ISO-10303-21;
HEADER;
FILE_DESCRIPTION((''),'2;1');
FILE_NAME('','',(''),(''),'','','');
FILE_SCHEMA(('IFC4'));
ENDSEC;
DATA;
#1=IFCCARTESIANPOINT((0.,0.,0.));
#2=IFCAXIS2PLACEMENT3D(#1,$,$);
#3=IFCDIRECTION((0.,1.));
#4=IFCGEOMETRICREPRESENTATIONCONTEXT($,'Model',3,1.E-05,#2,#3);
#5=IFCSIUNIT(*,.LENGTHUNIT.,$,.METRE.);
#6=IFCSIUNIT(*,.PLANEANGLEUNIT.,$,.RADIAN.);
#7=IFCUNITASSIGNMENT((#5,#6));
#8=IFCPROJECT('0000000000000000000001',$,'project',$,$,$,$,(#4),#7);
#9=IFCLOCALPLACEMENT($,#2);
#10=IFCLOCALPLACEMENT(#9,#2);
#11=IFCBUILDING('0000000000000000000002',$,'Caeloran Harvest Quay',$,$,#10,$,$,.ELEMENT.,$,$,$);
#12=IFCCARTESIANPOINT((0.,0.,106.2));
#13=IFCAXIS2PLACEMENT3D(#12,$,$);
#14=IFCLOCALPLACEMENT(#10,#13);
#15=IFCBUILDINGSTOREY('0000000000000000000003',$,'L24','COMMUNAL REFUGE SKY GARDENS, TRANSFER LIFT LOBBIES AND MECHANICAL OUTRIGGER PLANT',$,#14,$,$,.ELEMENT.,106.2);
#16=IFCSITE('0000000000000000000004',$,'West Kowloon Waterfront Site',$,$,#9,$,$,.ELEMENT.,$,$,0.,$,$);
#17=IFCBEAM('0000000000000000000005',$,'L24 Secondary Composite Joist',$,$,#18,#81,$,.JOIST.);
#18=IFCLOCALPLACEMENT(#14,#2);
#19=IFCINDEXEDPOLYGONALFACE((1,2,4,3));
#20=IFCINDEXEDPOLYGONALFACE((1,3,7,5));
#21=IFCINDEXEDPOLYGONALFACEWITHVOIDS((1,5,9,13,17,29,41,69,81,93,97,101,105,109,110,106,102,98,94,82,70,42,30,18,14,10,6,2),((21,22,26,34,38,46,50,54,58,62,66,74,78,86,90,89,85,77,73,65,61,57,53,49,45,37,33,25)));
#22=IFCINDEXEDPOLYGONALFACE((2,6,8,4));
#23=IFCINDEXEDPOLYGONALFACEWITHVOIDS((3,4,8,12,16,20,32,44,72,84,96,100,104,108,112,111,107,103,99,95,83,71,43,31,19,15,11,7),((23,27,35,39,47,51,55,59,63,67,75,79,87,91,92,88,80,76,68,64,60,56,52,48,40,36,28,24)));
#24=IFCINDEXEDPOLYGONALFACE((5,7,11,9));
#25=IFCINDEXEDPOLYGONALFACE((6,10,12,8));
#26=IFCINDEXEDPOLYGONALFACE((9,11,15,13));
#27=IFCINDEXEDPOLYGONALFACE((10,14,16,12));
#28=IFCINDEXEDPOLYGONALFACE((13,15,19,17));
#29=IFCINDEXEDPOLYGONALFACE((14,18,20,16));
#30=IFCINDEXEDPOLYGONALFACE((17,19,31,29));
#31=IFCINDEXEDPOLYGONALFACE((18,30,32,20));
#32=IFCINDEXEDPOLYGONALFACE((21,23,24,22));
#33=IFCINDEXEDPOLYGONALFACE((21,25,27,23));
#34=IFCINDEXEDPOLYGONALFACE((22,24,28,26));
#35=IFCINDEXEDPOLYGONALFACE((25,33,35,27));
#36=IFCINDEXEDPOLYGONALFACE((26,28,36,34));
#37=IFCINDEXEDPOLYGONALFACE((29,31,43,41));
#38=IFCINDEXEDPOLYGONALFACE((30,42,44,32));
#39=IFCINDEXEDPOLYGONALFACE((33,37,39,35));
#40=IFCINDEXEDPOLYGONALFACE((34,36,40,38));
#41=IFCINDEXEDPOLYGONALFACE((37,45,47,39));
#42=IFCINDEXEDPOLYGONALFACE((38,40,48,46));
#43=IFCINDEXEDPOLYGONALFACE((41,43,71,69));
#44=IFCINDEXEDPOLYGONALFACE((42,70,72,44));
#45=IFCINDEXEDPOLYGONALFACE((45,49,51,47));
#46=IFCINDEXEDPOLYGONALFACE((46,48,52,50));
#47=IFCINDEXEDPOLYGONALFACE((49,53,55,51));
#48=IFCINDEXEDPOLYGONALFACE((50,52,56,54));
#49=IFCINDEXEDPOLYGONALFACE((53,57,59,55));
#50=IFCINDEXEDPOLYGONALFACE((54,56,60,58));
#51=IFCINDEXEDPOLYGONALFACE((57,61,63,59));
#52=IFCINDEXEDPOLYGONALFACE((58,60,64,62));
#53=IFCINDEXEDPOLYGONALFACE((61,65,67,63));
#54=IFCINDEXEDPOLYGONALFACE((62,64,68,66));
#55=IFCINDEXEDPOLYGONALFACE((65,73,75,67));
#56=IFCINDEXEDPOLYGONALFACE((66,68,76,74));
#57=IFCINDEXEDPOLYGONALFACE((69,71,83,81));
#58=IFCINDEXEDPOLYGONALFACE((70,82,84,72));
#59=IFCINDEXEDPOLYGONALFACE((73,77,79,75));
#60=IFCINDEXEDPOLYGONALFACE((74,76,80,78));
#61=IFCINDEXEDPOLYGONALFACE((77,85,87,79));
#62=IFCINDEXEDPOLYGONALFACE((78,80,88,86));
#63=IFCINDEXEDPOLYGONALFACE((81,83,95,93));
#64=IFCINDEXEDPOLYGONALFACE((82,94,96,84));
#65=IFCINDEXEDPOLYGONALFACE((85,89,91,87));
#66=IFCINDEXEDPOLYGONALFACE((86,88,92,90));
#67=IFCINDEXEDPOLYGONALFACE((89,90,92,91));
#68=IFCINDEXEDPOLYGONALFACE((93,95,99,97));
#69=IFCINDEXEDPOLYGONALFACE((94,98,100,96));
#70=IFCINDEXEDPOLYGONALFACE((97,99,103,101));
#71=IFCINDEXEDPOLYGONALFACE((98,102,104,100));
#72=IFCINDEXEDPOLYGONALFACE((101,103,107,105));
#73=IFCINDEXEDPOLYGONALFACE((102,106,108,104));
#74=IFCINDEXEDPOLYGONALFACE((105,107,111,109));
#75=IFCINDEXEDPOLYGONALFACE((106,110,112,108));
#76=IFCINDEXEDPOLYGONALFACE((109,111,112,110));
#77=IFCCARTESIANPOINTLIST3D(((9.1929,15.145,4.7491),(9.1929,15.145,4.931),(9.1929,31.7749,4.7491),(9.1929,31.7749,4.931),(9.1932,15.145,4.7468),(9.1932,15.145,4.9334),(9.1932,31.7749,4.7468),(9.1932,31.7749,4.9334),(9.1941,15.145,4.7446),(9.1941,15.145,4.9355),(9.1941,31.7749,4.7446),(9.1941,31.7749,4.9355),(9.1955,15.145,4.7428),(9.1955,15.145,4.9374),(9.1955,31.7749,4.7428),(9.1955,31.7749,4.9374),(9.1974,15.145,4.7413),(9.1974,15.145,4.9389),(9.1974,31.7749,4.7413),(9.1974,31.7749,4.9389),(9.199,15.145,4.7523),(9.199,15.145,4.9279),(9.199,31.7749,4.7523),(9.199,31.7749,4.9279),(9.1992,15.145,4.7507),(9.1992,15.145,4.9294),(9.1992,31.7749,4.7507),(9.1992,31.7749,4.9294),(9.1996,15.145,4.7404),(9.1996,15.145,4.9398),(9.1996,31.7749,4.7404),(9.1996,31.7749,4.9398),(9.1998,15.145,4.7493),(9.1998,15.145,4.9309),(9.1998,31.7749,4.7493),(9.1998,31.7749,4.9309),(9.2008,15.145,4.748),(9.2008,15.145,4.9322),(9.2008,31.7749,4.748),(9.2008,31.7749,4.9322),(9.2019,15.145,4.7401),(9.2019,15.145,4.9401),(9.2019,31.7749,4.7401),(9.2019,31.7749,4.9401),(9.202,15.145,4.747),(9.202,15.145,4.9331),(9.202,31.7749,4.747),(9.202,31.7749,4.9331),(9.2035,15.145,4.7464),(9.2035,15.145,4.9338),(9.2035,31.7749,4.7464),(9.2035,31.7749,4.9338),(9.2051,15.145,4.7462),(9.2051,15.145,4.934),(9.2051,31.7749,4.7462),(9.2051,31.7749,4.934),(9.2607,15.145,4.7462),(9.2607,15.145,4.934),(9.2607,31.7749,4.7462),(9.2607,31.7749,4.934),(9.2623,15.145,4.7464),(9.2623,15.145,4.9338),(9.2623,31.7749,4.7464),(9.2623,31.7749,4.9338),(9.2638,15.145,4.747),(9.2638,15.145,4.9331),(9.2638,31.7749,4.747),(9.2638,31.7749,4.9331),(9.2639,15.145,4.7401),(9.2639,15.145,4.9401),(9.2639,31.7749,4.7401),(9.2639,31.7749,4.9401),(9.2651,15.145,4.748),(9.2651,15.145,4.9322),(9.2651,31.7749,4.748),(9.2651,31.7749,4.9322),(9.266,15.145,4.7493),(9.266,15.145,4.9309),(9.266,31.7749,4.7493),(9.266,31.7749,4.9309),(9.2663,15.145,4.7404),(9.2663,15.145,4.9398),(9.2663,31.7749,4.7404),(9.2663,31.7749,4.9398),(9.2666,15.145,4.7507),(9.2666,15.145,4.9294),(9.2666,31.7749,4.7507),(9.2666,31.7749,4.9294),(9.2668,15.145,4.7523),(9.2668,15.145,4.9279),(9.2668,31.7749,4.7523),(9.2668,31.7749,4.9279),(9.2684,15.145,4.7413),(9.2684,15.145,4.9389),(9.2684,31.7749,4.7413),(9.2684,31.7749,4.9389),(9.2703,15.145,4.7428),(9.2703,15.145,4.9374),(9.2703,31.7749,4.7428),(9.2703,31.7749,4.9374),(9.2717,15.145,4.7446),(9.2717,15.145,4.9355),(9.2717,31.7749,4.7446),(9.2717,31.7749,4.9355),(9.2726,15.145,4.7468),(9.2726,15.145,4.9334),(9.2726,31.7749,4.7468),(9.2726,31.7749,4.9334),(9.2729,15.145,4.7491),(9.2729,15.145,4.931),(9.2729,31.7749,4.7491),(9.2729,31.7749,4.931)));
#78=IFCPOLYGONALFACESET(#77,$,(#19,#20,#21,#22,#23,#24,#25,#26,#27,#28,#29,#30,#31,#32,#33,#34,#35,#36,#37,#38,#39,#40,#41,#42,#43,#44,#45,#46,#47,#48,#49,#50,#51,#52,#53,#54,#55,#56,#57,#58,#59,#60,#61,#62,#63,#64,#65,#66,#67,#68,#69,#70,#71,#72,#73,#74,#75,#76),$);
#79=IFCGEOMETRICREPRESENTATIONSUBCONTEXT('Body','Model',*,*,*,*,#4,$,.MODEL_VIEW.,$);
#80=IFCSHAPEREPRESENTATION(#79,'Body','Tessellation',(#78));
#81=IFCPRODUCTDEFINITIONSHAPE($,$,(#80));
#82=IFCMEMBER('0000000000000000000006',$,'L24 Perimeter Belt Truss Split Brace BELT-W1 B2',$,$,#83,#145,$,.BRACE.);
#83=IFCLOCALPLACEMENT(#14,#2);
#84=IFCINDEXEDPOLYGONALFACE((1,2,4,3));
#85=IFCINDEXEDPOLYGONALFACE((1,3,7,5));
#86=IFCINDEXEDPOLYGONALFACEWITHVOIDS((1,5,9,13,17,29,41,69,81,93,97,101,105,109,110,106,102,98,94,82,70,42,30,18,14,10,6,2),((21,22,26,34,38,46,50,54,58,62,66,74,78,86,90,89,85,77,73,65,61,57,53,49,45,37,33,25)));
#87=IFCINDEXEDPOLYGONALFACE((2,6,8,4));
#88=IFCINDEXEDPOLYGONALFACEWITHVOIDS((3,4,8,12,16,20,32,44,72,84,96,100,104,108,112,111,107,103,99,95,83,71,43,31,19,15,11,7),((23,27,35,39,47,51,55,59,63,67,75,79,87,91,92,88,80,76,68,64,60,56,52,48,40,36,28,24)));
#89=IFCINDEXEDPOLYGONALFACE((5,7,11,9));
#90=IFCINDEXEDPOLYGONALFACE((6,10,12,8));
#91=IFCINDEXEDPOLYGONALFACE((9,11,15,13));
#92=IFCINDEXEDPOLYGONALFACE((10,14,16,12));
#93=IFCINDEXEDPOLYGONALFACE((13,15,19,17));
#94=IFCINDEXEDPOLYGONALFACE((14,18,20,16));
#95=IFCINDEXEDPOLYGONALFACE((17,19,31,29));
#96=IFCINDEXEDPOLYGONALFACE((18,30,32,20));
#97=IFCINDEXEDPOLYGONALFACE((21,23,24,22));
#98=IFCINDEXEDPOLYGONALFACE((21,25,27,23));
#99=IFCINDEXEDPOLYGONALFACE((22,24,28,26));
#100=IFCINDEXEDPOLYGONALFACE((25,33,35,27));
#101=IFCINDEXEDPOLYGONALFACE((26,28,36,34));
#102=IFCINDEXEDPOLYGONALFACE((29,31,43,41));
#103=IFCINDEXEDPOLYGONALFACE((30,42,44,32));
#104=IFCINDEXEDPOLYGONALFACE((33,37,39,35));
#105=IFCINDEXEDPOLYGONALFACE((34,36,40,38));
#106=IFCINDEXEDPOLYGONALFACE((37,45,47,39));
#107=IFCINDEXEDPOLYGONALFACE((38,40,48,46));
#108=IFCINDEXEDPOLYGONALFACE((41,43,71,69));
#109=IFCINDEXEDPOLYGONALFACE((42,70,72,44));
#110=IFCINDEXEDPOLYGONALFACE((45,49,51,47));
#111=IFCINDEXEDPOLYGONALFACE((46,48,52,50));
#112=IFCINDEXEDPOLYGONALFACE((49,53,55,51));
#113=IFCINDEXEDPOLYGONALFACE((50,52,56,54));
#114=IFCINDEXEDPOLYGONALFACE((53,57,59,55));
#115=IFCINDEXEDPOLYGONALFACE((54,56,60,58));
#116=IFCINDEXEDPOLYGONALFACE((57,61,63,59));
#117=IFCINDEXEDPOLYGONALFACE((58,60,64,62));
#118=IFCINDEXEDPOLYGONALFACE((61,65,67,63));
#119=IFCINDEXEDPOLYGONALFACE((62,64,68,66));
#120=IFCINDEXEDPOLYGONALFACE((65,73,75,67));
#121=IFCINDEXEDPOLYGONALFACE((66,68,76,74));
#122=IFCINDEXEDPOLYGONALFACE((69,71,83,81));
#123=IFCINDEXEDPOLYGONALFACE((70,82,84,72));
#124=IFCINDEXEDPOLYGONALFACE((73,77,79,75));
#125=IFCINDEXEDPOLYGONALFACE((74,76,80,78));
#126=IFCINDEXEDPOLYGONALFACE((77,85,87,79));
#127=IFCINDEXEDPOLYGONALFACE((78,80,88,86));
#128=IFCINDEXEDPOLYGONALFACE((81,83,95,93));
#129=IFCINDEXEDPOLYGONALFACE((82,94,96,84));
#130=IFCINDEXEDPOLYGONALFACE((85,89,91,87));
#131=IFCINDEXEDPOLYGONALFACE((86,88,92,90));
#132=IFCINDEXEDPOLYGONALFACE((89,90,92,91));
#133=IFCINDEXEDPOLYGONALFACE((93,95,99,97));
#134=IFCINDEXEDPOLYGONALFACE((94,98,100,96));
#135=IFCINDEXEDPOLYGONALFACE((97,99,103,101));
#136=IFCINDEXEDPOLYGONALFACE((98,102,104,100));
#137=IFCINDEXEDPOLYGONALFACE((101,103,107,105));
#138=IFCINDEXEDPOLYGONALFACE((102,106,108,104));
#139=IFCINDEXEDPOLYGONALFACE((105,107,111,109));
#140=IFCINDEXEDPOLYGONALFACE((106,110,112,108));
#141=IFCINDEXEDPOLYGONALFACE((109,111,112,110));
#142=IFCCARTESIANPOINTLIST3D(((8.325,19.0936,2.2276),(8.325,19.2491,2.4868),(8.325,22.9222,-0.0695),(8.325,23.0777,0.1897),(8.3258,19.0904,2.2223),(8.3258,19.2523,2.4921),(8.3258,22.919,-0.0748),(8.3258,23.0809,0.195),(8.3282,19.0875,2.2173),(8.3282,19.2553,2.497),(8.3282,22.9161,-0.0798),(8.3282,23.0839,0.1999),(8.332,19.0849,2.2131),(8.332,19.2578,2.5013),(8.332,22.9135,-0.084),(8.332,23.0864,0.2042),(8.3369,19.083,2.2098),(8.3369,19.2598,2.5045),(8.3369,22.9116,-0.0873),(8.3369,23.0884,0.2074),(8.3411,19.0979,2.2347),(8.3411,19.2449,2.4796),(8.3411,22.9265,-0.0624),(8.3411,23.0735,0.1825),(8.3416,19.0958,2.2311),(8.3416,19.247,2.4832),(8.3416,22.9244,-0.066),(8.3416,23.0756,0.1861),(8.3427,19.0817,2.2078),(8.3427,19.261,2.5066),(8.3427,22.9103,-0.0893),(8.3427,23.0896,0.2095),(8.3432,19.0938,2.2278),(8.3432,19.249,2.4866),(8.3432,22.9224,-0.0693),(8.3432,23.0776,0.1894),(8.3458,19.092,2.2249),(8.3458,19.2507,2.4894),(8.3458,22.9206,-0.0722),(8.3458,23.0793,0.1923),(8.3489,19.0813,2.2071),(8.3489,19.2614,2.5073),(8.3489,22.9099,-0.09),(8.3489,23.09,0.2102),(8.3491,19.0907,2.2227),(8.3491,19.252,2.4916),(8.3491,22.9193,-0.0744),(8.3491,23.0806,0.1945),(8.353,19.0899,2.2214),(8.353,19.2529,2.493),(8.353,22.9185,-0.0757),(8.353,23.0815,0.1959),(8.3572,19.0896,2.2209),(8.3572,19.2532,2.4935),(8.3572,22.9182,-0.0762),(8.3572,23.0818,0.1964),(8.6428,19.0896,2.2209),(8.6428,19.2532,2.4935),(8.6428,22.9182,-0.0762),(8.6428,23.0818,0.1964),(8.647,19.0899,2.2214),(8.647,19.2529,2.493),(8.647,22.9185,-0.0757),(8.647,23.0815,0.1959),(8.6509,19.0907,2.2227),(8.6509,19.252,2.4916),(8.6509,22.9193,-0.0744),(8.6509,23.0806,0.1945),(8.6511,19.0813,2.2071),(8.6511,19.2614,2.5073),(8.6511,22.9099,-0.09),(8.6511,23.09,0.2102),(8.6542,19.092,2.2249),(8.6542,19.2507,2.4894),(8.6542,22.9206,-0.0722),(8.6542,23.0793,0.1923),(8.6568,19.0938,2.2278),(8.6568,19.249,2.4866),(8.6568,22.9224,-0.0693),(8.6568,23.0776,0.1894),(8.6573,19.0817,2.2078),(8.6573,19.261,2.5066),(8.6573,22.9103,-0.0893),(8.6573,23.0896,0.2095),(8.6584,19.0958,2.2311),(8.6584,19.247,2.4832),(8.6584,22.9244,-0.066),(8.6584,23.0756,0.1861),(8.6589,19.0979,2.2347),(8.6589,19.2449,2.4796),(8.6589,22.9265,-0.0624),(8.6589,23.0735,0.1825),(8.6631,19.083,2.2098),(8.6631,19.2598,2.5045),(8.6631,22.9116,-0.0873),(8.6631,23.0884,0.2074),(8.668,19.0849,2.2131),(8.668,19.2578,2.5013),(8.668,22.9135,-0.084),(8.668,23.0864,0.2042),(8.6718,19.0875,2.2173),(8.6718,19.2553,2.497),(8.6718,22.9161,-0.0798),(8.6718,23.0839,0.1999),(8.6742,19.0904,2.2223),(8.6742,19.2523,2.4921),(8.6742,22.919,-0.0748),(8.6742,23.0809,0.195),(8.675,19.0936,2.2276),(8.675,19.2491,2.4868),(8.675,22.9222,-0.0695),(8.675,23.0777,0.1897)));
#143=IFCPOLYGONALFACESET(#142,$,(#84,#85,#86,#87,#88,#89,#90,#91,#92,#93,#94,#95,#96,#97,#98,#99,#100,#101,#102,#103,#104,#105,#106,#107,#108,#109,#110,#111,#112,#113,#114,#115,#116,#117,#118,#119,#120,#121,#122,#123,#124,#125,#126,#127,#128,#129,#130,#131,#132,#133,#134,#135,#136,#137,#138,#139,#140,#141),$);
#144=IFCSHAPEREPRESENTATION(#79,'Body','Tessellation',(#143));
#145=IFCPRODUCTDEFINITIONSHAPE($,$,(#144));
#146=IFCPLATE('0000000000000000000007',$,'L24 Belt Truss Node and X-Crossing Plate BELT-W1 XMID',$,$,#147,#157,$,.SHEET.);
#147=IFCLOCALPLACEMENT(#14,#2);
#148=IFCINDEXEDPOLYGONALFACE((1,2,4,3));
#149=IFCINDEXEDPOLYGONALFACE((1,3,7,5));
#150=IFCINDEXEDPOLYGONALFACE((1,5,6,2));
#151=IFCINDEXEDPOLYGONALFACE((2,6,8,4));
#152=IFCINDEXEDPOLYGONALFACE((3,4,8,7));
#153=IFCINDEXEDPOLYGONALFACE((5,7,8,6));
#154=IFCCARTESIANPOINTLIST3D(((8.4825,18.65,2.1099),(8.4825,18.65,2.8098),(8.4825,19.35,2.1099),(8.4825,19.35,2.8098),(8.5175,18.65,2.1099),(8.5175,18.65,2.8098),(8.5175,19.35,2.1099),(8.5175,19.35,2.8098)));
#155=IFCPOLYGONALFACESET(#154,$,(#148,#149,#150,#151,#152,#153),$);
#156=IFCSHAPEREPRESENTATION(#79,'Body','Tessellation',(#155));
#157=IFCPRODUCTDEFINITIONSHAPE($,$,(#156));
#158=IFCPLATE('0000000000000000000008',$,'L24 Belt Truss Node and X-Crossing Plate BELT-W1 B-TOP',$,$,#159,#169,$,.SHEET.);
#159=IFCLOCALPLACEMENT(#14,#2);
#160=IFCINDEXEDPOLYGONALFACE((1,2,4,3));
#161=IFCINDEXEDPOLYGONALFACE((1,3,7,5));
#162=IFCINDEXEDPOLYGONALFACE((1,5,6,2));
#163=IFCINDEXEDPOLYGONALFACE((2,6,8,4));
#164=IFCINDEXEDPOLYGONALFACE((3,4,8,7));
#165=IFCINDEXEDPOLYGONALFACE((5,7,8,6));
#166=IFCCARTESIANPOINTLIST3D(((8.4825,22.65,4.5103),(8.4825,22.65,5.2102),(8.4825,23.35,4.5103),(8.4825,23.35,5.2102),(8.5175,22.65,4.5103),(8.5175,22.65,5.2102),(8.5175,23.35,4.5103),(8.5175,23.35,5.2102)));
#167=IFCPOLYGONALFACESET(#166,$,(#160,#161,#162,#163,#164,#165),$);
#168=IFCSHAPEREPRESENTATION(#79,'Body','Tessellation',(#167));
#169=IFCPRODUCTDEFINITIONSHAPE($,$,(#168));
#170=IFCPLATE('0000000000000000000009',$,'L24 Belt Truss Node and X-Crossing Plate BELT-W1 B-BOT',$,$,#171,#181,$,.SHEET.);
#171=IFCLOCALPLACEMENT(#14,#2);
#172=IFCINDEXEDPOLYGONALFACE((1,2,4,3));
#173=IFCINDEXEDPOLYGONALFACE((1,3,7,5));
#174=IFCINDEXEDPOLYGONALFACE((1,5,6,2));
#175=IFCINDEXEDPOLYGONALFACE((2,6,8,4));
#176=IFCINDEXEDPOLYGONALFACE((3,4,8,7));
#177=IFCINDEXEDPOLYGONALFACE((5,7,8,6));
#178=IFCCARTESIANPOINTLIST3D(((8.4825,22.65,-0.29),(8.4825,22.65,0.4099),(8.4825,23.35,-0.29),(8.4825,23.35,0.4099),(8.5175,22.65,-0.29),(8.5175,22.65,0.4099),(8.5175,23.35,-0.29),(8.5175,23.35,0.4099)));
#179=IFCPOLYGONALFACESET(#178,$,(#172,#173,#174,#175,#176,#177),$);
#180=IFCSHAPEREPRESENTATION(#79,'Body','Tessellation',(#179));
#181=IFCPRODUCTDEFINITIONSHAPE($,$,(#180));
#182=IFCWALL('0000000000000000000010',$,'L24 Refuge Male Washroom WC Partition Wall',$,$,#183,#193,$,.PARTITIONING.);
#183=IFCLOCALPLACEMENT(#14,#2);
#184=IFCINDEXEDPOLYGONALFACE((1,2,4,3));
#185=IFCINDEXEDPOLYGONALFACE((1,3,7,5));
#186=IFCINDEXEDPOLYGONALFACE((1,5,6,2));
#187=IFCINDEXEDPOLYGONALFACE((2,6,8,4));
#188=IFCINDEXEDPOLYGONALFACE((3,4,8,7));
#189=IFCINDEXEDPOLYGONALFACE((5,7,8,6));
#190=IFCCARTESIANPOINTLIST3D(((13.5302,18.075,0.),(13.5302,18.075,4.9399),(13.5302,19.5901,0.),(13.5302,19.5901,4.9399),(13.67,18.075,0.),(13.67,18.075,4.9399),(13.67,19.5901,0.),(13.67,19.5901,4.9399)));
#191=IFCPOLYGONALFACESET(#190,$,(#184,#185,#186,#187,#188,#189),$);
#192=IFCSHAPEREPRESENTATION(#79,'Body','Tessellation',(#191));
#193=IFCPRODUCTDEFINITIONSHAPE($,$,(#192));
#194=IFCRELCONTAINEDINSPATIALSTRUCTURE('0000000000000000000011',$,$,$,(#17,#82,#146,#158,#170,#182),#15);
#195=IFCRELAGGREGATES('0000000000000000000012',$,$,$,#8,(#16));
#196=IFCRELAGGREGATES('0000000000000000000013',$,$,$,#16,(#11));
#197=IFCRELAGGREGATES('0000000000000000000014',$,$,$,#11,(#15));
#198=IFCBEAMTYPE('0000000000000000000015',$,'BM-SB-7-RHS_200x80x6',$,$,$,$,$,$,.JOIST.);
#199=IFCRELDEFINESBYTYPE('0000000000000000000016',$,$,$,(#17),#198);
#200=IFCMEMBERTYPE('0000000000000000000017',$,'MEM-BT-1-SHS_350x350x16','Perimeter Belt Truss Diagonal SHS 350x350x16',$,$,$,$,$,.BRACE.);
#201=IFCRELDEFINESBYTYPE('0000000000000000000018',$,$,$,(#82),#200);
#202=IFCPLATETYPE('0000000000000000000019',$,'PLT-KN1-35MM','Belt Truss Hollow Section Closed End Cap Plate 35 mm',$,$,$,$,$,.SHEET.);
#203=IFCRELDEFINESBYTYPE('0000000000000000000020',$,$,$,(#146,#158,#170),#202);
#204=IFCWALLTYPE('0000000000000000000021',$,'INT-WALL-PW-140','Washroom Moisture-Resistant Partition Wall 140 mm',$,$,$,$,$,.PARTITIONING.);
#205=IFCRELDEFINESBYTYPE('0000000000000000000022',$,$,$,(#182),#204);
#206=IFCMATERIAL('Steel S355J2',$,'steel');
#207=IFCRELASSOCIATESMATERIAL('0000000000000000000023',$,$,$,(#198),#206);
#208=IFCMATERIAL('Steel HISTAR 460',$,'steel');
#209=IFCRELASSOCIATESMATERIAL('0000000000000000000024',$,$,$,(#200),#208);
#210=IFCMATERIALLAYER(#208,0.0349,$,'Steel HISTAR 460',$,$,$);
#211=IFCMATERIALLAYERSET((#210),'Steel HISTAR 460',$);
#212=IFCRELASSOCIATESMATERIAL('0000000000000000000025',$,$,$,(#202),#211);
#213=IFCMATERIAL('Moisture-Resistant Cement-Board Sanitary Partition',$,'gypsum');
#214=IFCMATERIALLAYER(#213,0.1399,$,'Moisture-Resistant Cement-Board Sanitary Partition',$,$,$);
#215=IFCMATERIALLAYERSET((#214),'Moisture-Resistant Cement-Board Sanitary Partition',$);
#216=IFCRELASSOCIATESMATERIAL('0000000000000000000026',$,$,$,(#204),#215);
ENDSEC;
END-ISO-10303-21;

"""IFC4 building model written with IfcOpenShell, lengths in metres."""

from ifc_helpers import new_model, si_unit, direction, frame, frame_2d, origin, origin_2d, place, context, subcontext, project, spatial, rectangle, hollow_rectangle, extrude, material, layer, layer_set, material_profile, profile_set, type_object, element, save


model = new_model("IFC4")

# Units and contexts
model_context = context("Model", 3, precision=1e-05, world=origin(), true_north=direction((0.0, 1.0)))
body_context = subcontext(model_context, "Body", "Model", "MODEL_VIEW")
ifc_project = project(units=[si_unit("LENGTHUNIT", "METRE"), si_unit("PLANEANGLEUNIT", "RADIAN")], contexts=[model_context])

# Site, building, storey
site_placement = place(None, origin())
site = spatial("IfcSite", under=ifc_project, at=site_placement, Name="West Kowloon Waterfront Site", CompositionType="ELEMENT", RefElevation=0.0)
building_placement = place(site_placement, origin())
building = spatial("IfcBuilding", under=site, at=building_placement, Name="Caeloran Harvest Quay", CompositionType="ELEMENT")
storey_placement = place(building_placement, frame((0.0, 0.0, 106.2)))
storey = spatial("IfcBuildingStorey", under=building, at=storey_placement, Name="L24", Description="COMMUNAL REFUGE SKY GARDENS, TRANSFER LIFT LOBBIES AND MECHANICAL OUTRIGGER PLANT", CompositionType="ELEMENT", Elevation=106.2)

# Beam
ifc_material_1 = material(Name="Steel S355J2", Category="steel")
ifc_material_profile_1 = material_profile(ifc_material_1, hollow_rectangle(XDim=0.0801, YDim=0.2, WallThickness=0.0061, InnerFilletRadius=0.0061, OuterFilletRadius=0.009, at=origin_2d()), Name="RHS 200x80x6")
ifc_profile_set_1 = profile_set([ifc_material_profile_1], Name="Steel S355J2")
beam_type_1 = type_object("IfcBeamType", Name="BM-SB-7-RHS_200x80x6", PredefinedType="JOIST", material=ifc_profile_set_1)
beam_1_placement = place(storey_placement, frame((9.2329, 15.145, 4.8401), z_axis=(0.0, 1.0, 0.0), x_axis=(-1.0, 0.0, 0.0)))
element("IfcBeam", 1, at=beam_1_placement, inside=storey, type_object=beam_type_1, Name="L24 Secondary Composite Joist", PredefinedType="JOIST", context=body_context, shape_type="SweptSolid", body=[
    extrude(hollow_rectangle(XDim=0.0801, YDim=0.2, WallThickness=0.0061, InnerFilletRadius=0.0061, OuterFilletRadius=0.009, at=origin_2d()), origin(), (0.0, 0.0, 1.0), 16.6299),
])

# Member
ifc_material_2 = material(Name="Steel HISTAR 460", Category="steel")
ifc_material_profile_2 = material_profile(ifc_material_2, hollow_rectangle(XDim=0.3501, YDim=0.3501, WallThickness=0.0161, InnerFilletRadius=0.0161, OuterFilletRadius=0.0239, at=origin_2d()), Name="SHS 350x350x16")
ifc_profile_set_2 = profile_set([ifc_material_profile_2], Name="Steel HISTAR 460")
member_type = type_object("IfcMemberType", Name="MEM-BT-1-SHS_350x350x16", Description="Perimeter Belt Truss Diagonal SHS 350x350x16", PredefinedType="BRACE", material=ifc_profile_set_2)
member_placement = place(storey_placement, frame((8.5, 19.1714, 2.3572), z_axis=(0.0, 0.857498, -0.514488), x_axis=(-1.0, 0.0, 0.0)))
element("IfcMember", 2, at=member_placement, inside=storey, type_object=member_type, Name="L24 Perimeter Belt Truss Split Brace BELT-W1 B2", PredefinedType="BRACE", context=body_context, shape_type="SweptSolid", body=[
    extrude(hollow_rectangle(XDim=0.3501, YDim=0.3501, WallThickness=0.0161, InnerFilletRadius=0.0161, OuterFilletRadius=0.0239, at=origin_2d()), origin(), (0.0, 0.0, 1.0), 4.4648),
])

# Plates
ifc_layer_1 = layer(ifc_material_2, 0.0349, Name="Steel HISTAR 460")
ifc_layer_set_1 = layer_set([ifc_layer_1], Name="Steel HISTAR 460")
plate_type = type_object("IfcPlateType", Name="PLT-KN1-35MM", Description="Belt Truss Hollow Section Closed End Cap Plate 35 mm", PredefinedType="SHEET", material=ifc_layer_set_1)
for number, where, z_axis, x_axis, name in (
    (3, (8.5, 19.0, 2.1099), (0.0, 0.0, 1.0), (0.0, 1.0, 0.0), "L24 Belt Truss Node and X-Crossing Plate BELT-W1 XMID"),
    (4, (8.5, 23.0, 4.5103), (0.0, 0.0, 1.0), (0.0, 1.0, 0.0), "L24 Belt Truss Node and X-Crossing Plate BELT-W1 B-TOP"),
    (5, (8.5, 23.0, -0.29), (0.0, 0.0, 1.0), (0.0, 1.0, 0.0), "L24 Belt Truss Node and X-Crossing Plate BELT-W1 B-BOT"),
):
    element("IfcPlate", number, at=place(storey_placement, frame(where, z_axis=z_axis, x_axis=x_axis)), inside=storey, type_object=plate_type, Name=name, PredefinedType="SHEET", context=body_context, shape_type="SweptSolid", body=[
        extrude(rectangle(XDim=0.7, YDim=0.0349, at=origin_2d()), origin(), (0.0, 0.0, 1.0), 0.7),
    ])

# Wall
ifc_material_3 = material(Name="Moisture-Resistant Cement-Board Sanitary Partition", Category="gypsum")
ifc_layer_2 = layer(ifc_material_3, 0.1399, Name="Moisture-Resistant Cement-Board Sanitary Partition")
ifc_layer_set_2 = layer_set([ifc_layer_2], Name="Moisture-Resistant Cement-Board Sanitary Partition")
wall_type = type_object("IfcWallType", Name="INT-WALL-PW-140", Description="Washroom Moisture-Resistant Partition Wall 140 mm", PredefinedType="PARTITIONING", material=ifc_layer_set_2)
wall_1_placement = place(storey_placement, frame((13.6001, 18.075, 0.0), z_axis=(0.0, 0.0, 1.0), x_axis=(0.0, 1.0, 0.0)))
element("IfcWall", 6, at=wall_1_placement, inside=storey, type_object=wall_type, Name="L24 Refuge Male Washroom WC Partition Wall", PredefinedType="PARTITIONING", context=body_context, shape_type="SweptSolid", body=[
    extrude(rectangle(XDim=1.5151, YDim=0.1399, at=frame_2d((0.7576, 0.0))), origin(), (0.0, 0.0, 1.0), 4.9399),
])

save(model, "model.ifc")
